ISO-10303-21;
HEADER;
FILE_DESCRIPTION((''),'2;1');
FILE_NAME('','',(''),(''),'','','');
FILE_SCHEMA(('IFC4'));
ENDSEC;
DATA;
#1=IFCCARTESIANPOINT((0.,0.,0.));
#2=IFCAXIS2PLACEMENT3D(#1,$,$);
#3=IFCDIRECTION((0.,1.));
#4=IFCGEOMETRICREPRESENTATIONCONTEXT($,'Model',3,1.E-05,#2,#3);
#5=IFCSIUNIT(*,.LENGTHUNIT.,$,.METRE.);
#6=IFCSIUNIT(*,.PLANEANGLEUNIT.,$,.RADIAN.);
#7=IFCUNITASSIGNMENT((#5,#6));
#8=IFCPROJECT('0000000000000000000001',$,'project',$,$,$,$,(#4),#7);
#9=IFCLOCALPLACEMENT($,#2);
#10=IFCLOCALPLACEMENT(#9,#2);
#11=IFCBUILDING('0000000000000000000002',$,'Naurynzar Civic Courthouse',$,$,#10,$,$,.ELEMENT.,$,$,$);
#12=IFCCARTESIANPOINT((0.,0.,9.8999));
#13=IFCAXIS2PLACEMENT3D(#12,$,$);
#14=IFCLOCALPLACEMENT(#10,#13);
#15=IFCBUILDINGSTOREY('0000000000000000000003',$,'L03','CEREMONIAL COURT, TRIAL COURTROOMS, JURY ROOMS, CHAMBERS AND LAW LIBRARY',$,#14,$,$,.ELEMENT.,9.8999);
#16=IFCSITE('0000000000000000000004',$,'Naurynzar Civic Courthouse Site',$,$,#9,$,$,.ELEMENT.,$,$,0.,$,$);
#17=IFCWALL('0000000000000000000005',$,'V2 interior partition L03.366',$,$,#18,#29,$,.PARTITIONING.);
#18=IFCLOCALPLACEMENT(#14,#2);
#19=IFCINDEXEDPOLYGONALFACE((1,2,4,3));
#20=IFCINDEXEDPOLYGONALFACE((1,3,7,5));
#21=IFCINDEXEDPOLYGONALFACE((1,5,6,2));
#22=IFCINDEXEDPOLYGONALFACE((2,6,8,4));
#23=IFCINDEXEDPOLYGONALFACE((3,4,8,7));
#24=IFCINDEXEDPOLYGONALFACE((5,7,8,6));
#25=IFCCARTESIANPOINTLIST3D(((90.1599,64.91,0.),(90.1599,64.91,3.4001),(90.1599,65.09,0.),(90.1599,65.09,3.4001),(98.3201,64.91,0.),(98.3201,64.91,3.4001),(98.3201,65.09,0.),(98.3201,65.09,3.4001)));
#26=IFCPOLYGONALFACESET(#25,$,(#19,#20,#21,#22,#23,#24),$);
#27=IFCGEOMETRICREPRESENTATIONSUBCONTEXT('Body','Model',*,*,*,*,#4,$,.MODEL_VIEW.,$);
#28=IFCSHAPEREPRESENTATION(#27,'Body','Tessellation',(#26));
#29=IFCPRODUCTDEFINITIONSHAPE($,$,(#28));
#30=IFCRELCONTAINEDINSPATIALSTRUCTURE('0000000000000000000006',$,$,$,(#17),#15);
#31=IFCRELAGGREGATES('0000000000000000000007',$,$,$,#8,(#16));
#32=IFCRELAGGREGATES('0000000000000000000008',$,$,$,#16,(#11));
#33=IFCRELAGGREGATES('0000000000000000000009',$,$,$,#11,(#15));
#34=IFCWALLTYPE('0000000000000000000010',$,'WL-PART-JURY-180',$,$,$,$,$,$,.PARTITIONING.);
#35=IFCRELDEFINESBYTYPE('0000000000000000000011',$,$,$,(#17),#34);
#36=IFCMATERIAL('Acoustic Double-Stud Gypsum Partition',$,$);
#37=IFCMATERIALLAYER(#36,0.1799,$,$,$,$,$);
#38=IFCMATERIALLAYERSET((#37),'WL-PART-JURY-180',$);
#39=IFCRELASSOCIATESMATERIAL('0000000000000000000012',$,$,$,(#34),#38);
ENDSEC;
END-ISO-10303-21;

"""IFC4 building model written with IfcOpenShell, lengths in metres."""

from ifc_helpers import new_model, si_unit, direction, frame, frame_2d, origin, place, context, subcontext, project, spatial, rectangle, extrude, material, layer, layer_set, type_object, element, save


model = new_model("IFC4")

# Units and contexts
model_context = context("Model", 3, precision=1e-05, world=origin(), true_north=direction((0.0, 1.0)))
body_context = subcontext(model_context, "Body", "Model", "MODEL_VIEW")
ifc_project = project(units=[si_unit("LENGTHUNIT", "METRE"), si_unit("PLANEANGLEUNIT", "RADIAN")], contexts=[model_context])

# Site, building, storey
site_placement = place(None, origin())
site = spatial("IfcSite", under=ifc_project, at=site_placement, Name="Naurynzar Civic Courthouse Site", CompositionType="ELEMENT", RefElevation=0.0)
building_placement = place(site_placement, origin())
building = spatial("IfcBuilding", under=site, at=building_placement, Name="Naurynzar Civic Courthouse", CompositionType="ELEMENT")
storey_placement = place(building_placement, frame((0.0, 0.0, 9.8999)))
storey = spatial("IfcBuildingStorey", under=building, at=storey_placement, Name="L03", Description="CEREMONIAL COURT, TRIAL COURTROOMS, JURY ROOMS, CHAMBERS AND LAW LIBRARY", CompositionType="ELEMENT", Elevation=9.8999)

# Wall
ifc_material_1 = material(Name="Acoustic Double-Stud Gypsum Partition")
ifc_layer_1 = layer(ifc_material_1, 0.1799)
ifc_layer_set_1 = layer_set([ifc_layer_1], Name="WL-PART-JURY-180")
wall_type_1 = type_object("IfcWallType", Name="WL-PART-JURY-180", PredefinedType="PARTITIONING", material=ifc_layer_set_1)
wall_1_placement = place(storey_placement, frame((90.1599, 65.0, 0.0), z_axis=(0.0, 0.0, 1.0), x_axis=(1.0, 0.0, 0.0)))
element("IfcWall", 1, at=wall_1_placement, inside=storey, type_object=wall_type_1, Name="V2 interior partition L03.366", PredefinedType="PARTITIONING", context=body_context, shape_type="SweptSolid", body=[
    extrude(rectangle(XDim=8.1602, YDim=0.1799, at=frame_2d((4.0801, 0.0))), origin(), (0.0, 0.0, 1.0), 3.4001),
])

save(model, "model.ifc")
